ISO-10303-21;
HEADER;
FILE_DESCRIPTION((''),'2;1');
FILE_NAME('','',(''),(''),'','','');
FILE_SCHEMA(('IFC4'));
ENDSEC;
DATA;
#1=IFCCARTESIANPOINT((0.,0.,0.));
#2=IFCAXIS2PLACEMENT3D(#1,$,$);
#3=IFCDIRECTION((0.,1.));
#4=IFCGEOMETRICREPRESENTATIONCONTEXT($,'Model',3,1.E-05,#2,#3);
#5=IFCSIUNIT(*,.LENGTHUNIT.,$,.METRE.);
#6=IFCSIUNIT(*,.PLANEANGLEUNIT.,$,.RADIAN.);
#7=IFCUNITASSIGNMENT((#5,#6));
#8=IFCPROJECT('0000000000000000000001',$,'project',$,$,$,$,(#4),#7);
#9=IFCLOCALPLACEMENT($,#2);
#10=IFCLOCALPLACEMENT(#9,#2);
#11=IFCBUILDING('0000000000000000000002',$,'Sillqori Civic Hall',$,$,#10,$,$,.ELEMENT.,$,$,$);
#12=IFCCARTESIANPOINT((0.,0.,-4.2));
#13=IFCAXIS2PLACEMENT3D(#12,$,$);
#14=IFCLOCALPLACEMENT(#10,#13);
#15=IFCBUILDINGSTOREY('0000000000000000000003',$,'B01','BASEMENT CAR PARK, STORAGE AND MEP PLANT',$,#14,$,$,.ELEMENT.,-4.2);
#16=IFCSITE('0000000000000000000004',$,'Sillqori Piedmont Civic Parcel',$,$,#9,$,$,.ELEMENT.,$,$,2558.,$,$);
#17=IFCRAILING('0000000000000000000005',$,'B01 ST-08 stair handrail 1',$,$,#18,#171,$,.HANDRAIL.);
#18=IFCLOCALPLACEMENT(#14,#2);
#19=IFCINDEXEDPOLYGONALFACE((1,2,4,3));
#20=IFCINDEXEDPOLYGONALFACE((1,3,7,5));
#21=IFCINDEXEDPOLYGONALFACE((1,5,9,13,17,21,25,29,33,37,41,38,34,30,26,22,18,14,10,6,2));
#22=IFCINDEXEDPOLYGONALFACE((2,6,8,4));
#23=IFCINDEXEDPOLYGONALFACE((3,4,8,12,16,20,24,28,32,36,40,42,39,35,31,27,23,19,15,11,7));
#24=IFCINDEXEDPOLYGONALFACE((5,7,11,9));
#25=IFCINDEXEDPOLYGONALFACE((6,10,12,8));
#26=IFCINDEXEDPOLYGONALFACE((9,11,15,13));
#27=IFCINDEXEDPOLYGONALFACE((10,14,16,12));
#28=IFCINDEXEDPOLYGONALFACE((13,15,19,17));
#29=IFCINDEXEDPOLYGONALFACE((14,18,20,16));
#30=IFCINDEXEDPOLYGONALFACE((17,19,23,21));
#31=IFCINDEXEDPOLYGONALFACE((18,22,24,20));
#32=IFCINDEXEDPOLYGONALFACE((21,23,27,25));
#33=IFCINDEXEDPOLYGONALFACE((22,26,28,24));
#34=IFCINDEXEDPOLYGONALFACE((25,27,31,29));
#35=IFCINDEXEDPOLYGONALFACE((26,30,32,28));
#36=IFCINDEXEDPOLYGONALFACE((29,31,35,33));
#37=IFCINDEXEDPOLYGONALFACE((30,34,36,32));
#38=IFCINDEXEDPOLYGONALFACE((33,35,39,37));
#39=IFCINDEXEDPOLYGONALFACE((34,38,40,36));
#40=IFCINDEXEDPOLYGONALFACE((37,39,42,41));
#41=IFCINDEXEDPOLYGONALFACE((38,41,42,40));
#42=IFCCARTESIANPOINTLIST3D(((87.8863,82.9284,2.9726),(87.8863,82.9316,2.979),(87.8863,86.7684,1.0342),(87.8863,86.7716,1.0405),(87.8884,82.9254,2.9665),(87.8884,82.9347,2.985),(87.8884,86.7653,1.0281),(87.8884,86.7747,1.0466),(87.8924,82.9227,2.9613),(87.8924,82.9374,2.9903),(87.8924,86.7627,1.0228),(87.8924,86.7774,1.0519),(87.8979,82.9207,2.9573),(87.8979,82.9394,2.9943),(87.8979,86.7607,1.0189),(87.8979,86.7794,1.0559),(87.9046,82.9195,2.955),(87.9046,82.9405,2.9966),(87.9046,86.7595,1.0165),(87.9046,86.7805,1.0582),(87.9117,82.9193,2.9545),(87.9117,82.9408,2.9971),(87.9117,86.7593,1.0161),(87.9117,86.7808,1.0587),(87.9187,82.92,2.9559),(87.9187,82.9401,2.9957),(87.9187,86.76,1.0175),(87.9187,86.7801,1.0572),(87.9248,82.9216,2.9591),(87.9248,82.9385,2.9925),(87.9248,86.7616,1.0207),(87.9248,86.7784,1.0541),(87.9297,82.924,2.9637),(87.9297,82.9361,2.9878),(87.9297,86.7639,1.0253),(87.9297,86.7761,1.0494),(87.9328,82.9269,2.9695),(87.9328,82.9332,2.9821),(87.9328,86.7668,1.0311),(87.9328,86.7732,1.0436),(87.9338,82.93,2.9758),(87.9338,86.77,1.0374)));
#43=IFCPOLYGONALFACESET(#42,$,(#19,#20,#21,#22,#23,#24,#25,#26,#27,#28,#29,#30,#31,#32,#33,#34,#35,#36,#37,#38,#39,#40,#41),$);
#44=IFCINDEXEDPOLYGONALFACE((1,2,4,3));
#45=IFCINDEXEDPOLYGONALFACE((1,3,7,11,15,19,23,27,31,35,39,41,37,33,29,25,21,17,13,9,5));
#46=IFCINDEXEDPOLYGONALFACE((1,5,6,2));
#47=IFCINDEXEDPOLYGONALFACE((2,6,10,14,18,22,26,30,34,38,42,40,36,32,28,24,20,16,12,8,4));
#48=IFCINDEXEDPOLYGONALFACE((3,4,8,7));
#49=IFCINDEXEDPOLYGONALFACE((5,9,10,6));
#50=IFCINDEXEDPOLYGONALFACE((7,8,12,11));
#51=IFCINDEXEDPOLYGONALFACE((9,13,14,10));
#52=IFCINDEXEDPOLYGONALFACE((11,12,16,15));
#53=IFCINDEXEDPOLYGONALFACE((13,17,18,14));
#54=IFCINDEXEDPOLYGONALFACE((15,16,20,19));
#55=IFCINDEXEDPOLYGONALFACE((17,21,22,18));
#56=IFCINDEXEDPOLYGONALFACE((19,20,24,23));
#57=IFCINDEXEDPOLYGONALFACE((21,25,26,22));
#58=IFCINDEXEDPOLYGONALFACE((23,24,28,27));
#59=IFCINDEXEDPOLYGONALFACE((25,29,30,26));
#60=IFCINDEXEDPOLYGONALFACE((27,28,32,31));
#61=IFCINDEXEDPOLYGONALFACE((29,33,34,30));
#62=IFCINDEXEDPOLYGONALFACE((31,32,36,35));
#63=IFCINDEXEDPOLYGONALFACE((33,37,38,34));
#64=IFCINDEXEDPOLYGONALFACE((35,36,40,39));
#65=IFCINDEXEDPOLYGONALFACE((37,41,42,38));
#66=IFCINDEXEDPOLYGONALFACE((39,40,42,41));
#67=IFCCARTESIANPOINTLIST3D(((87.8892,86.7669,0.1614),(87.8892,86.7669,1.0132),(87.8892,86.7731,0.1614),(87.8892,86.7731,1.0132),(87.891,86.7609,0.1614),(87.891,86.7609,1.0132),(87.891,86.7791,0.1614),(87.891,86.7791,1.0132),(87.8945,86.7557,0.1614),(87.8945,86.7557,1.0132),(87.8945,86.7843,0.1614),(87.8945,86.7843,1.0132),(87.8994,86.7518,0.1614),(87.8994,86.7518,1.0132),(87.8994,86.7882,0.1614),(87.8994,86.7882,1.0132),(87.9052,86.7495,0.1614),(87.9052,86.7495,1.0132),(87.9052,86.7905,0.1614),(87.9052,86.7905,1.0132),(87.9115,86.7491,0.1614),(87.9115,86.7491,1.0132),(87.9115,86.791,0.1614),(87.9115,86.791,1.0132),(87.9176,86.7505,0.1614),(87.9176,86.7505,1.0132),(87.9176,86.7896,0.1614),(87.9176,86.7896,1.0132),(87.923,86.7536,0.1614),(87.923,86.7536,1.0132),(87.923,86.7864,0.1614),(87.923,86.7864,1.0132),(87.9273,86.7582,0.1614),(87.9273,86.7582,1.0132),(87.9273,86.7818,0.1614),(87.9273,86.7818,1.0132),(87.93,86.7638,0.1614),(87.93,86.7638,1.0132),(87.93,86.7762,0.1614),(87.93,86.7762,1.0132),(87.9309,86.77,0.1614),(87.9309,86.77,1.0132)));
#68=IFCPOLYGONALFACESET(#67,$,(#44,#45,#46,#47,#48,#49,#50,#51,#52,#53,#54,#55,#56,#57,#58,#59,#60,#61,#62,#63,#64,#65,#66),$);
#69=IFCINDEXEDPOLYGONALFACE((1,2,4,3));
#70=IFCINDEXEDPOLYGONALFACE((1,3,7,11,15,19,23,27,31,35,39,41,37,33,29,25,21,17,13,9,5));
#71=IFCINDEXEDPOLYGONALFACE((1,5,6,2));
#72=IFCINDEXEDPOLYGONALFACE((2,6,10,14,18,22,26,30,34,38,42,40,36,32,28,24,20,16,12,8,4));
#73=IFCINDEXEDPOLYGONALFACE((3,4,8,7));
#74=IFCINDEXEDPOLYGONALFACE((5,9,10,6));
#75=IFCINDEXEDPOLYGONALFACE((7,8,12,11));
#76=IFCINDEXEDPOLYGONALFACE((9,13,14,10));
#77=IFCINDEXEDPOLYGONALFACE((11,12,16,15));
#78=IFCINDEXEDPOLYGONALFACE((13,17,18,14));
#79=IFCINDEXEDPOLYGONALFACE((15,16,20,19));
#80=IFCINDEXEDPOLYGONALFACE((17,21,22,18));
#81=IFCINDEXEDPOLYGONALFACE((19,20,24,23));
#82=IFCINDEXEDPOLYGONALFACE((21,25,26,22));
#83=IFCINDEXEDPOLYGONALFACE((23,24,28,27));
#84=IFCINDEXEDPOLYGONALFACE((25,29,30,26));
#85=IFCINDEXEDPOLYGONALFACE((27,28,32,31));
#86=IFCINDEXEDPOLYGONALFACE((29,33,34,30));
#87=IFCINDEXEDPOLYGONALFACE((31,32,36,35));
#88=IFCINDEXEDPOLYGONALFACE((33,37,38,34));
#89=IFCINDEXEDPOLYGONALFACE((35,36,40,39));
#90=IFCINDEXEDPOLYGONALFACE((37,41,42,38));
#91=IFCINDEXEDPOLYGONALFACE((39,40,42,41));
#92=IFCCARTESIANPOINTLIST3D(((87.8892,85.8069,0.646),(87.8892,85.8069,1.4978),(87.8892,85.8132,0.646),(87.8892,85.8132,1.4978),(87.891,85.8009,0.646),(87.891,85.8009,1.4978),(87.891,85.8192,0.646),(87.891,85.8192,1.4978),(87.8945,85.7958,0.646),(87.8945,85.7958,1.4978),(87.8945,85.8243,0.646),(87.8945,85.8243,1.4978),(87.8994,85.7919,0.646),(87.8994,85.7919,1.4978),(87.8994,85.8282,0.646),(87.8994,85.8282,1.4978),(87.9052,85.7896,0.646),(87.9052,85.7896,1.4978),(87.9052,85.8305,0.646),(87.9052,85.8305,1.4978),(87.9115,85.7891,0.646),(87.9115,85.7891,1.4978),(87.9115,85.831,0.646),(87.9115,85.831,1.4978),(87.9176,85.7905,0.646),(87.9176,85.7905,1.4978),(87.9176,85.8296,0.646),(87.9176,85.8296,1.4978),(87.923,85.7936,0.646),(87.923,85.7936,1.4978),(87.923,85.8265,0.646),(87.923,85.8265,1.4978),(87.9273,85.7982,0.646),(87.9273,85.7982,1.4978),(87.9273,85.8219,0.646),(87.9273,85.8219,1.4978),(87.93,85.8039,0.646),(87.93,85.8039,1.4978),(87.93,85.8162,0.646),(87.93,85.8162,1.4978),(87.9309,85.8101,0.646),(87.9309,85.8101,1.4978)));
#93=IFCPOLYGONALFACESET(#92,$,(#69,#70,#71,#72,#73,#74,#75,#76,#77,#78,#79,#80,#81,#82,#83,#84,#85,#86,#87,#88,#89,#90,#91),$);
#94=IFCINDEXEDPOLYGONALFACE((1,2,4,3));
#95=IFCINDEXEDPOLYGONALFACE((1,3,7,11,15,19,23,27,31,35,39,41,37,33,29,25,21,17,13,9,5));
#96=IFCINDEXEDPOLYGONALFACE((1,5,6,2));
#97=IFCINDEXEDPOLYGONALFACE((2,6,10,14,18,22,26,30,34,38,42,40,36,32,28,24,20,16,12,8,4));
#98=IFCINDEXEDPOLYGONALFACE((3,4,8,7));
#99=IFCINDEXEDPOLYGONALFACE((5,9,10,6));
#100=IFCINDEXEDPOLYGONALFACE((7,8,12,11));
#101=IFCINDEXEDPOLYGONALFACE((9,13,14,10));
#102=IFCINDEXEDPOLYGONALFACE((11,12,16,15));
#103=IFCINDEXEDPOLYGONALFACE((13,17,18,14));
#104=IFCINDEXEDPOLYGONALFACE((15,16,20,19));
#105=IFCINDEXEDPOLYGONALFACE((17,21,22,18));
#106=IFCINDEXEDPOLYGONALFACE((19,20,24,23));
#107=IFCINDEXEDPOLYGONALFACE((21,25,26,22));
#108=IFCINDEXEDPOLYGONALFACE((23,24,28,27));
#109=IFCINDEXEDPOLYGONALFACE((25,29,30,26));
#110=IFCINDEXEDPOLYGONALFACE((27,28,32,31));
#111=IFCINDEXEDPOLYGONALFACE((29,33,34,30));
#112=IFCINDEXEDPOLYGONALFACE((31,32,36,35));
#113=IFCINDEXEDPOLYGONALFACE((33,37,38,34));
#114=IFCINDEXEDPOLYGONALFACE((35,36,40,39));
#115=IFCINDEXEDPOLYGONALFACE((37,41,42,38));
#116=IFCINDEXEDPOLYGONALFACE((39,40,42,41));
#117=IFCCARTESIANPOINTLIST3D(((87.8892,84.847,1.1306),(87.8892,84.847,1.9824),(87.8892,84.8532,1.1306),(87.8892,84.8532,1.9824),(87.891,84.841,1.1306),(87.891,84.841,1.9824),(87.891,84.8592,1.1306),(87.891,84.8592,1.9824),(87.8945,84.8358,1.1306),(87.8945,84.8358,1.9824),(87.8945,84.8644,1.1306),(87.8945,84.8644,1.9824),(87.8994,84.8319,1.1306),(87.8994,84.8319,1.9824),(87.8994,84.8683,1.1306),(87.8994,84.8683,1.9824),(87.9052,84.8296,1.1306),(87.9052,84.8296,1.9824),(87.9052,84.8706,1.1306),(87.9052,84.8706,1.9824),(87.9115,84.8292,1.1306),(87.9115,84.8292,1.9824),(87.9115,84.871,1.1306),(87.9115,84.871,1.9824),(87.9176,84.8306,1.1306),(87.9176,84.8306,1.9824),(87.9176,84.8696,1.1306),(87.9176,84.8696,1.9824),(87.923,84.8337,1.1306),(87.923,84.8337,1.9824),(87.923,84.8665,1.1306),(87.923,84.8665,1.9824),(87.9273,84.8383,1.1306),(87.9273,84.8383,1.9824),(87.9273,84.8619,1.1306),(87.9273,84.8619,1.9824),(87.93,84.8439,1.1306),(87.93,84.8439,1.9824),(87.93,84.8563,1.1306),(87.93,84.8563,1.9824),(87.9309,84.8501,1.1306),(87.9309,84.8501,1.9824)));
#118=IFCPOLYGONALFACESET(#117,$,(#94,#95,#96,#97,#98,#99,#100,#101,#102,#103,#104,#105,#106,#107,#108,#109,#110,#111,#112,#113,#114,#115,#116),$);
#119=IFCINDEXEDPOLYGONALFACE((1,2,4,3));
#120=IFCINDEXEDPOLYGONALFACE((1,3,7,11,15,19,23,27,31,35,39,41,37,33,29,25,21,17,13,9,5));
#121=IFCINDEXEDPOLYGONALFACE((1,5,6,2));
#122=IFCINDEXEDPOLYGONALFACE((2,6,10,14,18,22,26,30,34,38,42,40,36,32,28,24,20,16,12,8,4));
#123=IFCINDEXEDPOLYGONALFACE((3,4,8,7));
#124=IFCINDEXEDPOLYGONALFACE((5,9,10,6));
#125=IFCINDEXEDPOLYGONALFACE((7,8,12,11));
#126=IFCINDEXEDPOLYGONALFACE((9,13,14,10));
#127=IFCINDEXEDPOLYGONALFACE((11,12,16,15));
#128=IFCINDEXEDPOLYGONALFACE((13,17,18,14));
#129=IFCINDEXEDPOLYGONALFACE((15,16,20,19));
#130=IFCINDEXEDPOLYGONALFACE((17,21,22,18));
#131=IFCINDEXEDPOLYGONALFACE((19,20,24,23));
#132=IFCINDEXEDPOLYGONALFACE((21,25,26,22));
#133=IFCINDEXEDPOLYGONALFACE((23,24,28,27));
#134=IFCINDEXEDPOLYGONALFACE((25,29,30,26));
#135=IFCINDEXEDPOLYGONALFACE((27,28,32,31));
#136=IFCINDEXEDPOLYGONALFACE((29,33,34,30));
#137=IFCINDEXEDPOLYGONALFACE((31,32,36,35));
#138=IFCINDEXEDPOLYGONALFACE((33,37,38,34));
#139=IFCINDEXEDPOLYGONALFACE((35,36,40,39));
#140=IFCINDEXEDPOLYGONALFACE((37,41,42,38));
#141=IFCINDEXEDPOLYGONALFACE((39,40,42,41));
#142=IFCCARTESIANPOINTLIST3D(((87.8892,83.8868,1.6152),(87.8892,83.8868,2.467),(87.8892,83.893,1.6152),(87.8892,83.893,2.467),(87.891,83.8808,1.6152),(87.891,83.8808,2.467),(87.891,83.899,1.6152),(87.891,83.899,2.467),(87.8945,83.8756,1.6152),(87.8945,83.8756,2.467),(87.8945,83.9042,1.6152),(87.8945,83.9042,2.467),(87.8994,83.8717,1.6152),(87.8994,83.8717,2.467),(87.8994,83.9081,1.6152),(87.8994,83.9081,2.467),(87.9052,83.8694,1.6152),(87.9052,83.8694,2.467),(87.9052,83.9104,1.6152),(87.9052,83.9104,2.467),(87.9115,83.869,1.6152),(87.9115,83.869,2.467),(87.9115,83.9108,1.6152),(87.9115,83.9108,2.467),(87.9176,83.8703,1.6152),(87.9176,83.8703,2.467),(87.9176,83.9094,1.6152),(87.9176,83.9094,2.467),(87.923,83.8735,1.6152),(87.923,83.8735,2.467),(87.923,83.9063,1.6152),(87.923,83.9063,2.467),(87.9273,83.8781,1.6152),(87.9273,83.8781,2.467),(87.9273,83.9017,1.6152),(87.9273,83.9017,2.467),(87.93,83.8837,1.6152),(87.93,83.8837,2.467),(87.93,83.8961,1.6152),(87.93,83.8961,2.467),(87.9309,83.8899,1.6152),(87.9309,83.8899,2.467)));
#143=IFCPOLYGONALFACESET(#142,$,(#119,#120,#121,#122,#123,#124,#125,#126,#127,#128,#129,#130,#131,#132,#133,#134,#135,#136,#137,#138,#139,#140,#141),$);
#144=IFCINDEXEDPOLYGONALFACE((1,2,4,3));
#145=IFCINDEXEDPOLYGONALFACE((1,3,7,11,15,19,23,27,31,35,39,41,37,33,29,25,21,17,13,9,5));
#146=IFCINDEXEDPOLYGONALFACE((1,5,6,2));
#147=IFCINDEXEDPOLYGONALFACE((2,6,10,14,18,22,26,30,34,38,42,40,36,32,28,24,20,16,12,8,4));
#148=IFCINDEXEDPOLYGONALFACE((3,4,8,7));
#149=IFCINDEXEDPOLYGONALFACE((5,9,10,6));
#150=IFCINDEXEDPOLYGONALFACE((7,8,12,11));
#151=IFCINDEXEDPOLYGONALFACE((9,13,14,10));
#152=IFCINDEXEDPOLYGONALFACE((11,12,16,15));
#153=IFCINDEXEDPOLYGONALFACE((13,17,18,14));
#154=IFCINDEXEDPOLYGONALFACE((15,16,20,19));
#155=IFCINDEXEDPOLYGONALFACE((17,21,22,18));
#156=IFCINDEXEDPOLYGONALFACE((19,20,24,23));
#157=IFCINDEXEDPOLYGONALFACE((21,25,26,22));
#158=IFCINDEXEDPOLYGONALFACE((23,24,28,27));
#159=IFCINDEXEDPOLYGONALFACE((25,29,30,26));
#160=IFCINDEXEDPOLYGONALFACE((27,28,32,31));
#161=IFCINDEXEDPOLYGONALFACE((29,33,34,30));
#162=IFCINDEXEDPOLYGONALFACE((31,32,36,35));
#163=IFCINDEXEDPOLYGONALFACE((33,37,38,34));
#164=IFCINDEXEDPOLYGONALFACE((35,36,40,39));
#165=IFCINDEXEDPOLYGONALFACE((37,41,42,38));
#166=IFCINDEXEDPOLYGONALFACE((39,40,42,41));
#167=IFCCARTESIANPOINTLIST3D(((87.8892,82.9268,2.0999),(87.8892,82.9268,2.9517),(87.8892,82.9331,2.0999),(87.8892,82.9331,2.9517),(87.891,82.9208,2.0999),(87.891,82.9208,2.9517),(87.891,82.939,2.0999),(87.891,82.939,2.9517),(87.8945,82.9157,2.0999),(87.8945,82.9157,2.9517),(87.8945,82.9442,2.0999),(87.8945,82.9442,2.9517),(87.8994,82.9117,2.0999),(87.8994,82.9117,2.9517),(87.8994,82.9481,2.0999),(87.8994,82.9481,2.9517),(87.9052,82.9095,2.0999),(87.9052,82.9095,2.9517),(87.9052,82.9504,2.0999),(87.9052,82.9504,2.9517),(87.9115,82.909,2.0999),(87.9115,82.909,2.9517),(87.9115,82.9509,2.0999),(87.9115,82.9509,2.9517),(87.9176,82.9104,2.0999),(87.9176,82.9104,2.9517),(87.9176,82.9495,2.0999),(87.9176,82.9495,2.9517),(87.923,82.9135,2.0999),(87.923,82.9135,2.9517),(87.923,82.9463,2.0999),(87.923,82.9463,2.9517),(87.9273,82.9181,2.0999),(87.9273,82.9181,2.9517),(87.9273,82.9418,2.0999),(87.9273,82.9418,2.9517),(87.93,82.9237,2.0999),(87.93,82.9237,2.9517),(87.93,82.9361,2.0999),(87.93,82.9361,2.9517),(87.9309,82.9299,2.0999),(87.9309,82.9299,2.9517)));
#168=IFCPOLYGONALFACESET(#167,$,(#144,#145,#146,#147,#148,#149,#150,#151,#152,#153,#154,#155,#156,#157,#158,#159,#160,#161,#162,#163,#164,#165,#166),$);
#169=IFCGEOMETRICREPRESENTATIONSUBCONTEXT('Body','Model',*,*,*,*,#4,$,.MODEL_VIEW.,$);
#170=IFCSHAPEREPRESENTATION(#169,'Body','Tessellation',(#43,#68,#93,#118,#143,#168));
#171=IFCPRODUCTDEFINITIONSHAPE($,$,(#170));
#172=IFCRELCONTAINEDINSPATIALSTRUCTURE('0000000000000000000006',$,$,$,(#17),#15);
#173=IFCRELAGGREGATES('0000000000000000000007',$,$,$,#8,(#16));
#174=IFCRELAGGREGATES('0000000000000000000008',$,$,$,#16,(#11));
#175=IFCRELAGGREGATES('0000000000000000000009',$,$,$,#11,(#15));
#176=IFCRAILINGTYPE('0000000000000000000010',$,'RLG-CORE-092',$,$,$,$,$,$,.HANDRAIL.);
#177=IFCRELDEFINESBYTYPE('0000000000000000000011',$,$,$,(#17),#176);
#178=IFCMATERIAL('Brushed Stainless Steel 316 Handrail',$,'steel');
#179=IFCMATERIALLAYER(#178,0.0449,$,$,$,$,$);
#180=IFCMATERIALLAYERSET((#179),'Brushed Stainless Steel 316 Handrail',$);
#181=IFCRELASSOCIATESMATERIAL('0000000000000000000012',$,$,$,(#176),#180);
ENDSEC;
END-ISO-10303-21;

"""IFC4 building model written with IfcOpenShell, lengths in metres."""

from ifc_helpers import new_model, si_unit, direction, frame, origin, origin_2d, place, context, subcontext, project, spatial, circle, extrude, material, layer, layer_set, type_object, element, save


model = new_model("IFC4")

# Units and contexts
model_context = context("Model", 3, precision=1e-05, world=origin(), true_north=direction((0.0, 1.0)))
body_context = subcontext(model_context, "Body", "Model", "MODEL_VIEW")
ifc_project = project(units=[si_unit("LENGTHUNIT", "METRE"), si_unit("PLANEANGLEUNIT", "RADIAN")], contexts=[model_context])

# Site, building, storey
site_placement = place(None, origin())
site = spatial("IfcSite", under=ifc_project, at=site_placement, Name="Sillqori Piedmont Civic Parcel", CompositionType="ELEMENT", RefElevation=2558.0)
building_placement = place(site_placement, origin())
building = spatial("IfcBuilding", under=site, at=building_placement, Name="Sillqori Civic Hall", CompositionType="ELEMENT")
storey_placement = place(building_placement, frame((0.0, 0.0, -4.2)))
storey = spatial("IfcBuildingStorey", under=building, at=storey_placement, Name="B01", Description="BASEMENT CAR PARK, STORAGE AND MEP PLANT", CompositionType="ELEMENT", Elevation=-4.2)

# Railing
ifc_material_1 = material(Name="Brushed Stainless Steel 316 Handrail", Category="steel")
ifc_layer_1 = layer(ifc_material_1, 0.0449)
ifc_layer_set_1 = layer_set([ifc_layer_1], Name="Brushed Stainless Steel 316 Handrail")
railing_type_1 = type_object("IfcRailingType", Name="RLG-CORE-092", PredefinedType="HANDRAIL", material=ifc_layer_set_1)
railing_1_placement = place(storey_placement, frame((87.9099, 86.77, 0.1614)))
element("IfcRailing", 1, at=railing_1_placement, inside=storey, type_object=railing_type_1, Name="B01 ST-08 stair handrail 1", PredefinedType="HANDRAIL", context=body_context, shape_type="SweptSolid", body=[
    extrude(circle(Radius=0.0239, at=origin_2d()), frame((0.0, 0.0, 0.876), z_axis=(0.0, -0.892707, 0.450638), x_axis=(1.0, 0.0, 0.0)), (0.0, 0.0, 1.0), 4.3015),
    extrude(circle(Radius=0.021, at=origin_2d()), origin(), (0.0, 0.0, 1.0), 0.8518),
    extrude(circle(Radius=0.021, at=origin_2d()), frame((0.0, -0.96, 0.4846)), (0.0, 0.0, 1.0), 0.8518),
    extrude(circle(Radius=0.021, at=origin_2d()), frame((0.0, -1.9199, 0.9692)), (0.0, 0.0, 1.0), 0.8518),
    extrude(circle(Radius=0.021, at=origin_2d()), frame((0.0, -2.8801, 1.4539)), (0.0, 0.0, 1.0), 0.8518),
    extrude(circle(Radius=0.021, at=origin_2d()), frame((0.0, -3.8401, 1.9385)), (0.0, 0.0, 1.0), 0.8518),
])

save(model, "model.ifc")
